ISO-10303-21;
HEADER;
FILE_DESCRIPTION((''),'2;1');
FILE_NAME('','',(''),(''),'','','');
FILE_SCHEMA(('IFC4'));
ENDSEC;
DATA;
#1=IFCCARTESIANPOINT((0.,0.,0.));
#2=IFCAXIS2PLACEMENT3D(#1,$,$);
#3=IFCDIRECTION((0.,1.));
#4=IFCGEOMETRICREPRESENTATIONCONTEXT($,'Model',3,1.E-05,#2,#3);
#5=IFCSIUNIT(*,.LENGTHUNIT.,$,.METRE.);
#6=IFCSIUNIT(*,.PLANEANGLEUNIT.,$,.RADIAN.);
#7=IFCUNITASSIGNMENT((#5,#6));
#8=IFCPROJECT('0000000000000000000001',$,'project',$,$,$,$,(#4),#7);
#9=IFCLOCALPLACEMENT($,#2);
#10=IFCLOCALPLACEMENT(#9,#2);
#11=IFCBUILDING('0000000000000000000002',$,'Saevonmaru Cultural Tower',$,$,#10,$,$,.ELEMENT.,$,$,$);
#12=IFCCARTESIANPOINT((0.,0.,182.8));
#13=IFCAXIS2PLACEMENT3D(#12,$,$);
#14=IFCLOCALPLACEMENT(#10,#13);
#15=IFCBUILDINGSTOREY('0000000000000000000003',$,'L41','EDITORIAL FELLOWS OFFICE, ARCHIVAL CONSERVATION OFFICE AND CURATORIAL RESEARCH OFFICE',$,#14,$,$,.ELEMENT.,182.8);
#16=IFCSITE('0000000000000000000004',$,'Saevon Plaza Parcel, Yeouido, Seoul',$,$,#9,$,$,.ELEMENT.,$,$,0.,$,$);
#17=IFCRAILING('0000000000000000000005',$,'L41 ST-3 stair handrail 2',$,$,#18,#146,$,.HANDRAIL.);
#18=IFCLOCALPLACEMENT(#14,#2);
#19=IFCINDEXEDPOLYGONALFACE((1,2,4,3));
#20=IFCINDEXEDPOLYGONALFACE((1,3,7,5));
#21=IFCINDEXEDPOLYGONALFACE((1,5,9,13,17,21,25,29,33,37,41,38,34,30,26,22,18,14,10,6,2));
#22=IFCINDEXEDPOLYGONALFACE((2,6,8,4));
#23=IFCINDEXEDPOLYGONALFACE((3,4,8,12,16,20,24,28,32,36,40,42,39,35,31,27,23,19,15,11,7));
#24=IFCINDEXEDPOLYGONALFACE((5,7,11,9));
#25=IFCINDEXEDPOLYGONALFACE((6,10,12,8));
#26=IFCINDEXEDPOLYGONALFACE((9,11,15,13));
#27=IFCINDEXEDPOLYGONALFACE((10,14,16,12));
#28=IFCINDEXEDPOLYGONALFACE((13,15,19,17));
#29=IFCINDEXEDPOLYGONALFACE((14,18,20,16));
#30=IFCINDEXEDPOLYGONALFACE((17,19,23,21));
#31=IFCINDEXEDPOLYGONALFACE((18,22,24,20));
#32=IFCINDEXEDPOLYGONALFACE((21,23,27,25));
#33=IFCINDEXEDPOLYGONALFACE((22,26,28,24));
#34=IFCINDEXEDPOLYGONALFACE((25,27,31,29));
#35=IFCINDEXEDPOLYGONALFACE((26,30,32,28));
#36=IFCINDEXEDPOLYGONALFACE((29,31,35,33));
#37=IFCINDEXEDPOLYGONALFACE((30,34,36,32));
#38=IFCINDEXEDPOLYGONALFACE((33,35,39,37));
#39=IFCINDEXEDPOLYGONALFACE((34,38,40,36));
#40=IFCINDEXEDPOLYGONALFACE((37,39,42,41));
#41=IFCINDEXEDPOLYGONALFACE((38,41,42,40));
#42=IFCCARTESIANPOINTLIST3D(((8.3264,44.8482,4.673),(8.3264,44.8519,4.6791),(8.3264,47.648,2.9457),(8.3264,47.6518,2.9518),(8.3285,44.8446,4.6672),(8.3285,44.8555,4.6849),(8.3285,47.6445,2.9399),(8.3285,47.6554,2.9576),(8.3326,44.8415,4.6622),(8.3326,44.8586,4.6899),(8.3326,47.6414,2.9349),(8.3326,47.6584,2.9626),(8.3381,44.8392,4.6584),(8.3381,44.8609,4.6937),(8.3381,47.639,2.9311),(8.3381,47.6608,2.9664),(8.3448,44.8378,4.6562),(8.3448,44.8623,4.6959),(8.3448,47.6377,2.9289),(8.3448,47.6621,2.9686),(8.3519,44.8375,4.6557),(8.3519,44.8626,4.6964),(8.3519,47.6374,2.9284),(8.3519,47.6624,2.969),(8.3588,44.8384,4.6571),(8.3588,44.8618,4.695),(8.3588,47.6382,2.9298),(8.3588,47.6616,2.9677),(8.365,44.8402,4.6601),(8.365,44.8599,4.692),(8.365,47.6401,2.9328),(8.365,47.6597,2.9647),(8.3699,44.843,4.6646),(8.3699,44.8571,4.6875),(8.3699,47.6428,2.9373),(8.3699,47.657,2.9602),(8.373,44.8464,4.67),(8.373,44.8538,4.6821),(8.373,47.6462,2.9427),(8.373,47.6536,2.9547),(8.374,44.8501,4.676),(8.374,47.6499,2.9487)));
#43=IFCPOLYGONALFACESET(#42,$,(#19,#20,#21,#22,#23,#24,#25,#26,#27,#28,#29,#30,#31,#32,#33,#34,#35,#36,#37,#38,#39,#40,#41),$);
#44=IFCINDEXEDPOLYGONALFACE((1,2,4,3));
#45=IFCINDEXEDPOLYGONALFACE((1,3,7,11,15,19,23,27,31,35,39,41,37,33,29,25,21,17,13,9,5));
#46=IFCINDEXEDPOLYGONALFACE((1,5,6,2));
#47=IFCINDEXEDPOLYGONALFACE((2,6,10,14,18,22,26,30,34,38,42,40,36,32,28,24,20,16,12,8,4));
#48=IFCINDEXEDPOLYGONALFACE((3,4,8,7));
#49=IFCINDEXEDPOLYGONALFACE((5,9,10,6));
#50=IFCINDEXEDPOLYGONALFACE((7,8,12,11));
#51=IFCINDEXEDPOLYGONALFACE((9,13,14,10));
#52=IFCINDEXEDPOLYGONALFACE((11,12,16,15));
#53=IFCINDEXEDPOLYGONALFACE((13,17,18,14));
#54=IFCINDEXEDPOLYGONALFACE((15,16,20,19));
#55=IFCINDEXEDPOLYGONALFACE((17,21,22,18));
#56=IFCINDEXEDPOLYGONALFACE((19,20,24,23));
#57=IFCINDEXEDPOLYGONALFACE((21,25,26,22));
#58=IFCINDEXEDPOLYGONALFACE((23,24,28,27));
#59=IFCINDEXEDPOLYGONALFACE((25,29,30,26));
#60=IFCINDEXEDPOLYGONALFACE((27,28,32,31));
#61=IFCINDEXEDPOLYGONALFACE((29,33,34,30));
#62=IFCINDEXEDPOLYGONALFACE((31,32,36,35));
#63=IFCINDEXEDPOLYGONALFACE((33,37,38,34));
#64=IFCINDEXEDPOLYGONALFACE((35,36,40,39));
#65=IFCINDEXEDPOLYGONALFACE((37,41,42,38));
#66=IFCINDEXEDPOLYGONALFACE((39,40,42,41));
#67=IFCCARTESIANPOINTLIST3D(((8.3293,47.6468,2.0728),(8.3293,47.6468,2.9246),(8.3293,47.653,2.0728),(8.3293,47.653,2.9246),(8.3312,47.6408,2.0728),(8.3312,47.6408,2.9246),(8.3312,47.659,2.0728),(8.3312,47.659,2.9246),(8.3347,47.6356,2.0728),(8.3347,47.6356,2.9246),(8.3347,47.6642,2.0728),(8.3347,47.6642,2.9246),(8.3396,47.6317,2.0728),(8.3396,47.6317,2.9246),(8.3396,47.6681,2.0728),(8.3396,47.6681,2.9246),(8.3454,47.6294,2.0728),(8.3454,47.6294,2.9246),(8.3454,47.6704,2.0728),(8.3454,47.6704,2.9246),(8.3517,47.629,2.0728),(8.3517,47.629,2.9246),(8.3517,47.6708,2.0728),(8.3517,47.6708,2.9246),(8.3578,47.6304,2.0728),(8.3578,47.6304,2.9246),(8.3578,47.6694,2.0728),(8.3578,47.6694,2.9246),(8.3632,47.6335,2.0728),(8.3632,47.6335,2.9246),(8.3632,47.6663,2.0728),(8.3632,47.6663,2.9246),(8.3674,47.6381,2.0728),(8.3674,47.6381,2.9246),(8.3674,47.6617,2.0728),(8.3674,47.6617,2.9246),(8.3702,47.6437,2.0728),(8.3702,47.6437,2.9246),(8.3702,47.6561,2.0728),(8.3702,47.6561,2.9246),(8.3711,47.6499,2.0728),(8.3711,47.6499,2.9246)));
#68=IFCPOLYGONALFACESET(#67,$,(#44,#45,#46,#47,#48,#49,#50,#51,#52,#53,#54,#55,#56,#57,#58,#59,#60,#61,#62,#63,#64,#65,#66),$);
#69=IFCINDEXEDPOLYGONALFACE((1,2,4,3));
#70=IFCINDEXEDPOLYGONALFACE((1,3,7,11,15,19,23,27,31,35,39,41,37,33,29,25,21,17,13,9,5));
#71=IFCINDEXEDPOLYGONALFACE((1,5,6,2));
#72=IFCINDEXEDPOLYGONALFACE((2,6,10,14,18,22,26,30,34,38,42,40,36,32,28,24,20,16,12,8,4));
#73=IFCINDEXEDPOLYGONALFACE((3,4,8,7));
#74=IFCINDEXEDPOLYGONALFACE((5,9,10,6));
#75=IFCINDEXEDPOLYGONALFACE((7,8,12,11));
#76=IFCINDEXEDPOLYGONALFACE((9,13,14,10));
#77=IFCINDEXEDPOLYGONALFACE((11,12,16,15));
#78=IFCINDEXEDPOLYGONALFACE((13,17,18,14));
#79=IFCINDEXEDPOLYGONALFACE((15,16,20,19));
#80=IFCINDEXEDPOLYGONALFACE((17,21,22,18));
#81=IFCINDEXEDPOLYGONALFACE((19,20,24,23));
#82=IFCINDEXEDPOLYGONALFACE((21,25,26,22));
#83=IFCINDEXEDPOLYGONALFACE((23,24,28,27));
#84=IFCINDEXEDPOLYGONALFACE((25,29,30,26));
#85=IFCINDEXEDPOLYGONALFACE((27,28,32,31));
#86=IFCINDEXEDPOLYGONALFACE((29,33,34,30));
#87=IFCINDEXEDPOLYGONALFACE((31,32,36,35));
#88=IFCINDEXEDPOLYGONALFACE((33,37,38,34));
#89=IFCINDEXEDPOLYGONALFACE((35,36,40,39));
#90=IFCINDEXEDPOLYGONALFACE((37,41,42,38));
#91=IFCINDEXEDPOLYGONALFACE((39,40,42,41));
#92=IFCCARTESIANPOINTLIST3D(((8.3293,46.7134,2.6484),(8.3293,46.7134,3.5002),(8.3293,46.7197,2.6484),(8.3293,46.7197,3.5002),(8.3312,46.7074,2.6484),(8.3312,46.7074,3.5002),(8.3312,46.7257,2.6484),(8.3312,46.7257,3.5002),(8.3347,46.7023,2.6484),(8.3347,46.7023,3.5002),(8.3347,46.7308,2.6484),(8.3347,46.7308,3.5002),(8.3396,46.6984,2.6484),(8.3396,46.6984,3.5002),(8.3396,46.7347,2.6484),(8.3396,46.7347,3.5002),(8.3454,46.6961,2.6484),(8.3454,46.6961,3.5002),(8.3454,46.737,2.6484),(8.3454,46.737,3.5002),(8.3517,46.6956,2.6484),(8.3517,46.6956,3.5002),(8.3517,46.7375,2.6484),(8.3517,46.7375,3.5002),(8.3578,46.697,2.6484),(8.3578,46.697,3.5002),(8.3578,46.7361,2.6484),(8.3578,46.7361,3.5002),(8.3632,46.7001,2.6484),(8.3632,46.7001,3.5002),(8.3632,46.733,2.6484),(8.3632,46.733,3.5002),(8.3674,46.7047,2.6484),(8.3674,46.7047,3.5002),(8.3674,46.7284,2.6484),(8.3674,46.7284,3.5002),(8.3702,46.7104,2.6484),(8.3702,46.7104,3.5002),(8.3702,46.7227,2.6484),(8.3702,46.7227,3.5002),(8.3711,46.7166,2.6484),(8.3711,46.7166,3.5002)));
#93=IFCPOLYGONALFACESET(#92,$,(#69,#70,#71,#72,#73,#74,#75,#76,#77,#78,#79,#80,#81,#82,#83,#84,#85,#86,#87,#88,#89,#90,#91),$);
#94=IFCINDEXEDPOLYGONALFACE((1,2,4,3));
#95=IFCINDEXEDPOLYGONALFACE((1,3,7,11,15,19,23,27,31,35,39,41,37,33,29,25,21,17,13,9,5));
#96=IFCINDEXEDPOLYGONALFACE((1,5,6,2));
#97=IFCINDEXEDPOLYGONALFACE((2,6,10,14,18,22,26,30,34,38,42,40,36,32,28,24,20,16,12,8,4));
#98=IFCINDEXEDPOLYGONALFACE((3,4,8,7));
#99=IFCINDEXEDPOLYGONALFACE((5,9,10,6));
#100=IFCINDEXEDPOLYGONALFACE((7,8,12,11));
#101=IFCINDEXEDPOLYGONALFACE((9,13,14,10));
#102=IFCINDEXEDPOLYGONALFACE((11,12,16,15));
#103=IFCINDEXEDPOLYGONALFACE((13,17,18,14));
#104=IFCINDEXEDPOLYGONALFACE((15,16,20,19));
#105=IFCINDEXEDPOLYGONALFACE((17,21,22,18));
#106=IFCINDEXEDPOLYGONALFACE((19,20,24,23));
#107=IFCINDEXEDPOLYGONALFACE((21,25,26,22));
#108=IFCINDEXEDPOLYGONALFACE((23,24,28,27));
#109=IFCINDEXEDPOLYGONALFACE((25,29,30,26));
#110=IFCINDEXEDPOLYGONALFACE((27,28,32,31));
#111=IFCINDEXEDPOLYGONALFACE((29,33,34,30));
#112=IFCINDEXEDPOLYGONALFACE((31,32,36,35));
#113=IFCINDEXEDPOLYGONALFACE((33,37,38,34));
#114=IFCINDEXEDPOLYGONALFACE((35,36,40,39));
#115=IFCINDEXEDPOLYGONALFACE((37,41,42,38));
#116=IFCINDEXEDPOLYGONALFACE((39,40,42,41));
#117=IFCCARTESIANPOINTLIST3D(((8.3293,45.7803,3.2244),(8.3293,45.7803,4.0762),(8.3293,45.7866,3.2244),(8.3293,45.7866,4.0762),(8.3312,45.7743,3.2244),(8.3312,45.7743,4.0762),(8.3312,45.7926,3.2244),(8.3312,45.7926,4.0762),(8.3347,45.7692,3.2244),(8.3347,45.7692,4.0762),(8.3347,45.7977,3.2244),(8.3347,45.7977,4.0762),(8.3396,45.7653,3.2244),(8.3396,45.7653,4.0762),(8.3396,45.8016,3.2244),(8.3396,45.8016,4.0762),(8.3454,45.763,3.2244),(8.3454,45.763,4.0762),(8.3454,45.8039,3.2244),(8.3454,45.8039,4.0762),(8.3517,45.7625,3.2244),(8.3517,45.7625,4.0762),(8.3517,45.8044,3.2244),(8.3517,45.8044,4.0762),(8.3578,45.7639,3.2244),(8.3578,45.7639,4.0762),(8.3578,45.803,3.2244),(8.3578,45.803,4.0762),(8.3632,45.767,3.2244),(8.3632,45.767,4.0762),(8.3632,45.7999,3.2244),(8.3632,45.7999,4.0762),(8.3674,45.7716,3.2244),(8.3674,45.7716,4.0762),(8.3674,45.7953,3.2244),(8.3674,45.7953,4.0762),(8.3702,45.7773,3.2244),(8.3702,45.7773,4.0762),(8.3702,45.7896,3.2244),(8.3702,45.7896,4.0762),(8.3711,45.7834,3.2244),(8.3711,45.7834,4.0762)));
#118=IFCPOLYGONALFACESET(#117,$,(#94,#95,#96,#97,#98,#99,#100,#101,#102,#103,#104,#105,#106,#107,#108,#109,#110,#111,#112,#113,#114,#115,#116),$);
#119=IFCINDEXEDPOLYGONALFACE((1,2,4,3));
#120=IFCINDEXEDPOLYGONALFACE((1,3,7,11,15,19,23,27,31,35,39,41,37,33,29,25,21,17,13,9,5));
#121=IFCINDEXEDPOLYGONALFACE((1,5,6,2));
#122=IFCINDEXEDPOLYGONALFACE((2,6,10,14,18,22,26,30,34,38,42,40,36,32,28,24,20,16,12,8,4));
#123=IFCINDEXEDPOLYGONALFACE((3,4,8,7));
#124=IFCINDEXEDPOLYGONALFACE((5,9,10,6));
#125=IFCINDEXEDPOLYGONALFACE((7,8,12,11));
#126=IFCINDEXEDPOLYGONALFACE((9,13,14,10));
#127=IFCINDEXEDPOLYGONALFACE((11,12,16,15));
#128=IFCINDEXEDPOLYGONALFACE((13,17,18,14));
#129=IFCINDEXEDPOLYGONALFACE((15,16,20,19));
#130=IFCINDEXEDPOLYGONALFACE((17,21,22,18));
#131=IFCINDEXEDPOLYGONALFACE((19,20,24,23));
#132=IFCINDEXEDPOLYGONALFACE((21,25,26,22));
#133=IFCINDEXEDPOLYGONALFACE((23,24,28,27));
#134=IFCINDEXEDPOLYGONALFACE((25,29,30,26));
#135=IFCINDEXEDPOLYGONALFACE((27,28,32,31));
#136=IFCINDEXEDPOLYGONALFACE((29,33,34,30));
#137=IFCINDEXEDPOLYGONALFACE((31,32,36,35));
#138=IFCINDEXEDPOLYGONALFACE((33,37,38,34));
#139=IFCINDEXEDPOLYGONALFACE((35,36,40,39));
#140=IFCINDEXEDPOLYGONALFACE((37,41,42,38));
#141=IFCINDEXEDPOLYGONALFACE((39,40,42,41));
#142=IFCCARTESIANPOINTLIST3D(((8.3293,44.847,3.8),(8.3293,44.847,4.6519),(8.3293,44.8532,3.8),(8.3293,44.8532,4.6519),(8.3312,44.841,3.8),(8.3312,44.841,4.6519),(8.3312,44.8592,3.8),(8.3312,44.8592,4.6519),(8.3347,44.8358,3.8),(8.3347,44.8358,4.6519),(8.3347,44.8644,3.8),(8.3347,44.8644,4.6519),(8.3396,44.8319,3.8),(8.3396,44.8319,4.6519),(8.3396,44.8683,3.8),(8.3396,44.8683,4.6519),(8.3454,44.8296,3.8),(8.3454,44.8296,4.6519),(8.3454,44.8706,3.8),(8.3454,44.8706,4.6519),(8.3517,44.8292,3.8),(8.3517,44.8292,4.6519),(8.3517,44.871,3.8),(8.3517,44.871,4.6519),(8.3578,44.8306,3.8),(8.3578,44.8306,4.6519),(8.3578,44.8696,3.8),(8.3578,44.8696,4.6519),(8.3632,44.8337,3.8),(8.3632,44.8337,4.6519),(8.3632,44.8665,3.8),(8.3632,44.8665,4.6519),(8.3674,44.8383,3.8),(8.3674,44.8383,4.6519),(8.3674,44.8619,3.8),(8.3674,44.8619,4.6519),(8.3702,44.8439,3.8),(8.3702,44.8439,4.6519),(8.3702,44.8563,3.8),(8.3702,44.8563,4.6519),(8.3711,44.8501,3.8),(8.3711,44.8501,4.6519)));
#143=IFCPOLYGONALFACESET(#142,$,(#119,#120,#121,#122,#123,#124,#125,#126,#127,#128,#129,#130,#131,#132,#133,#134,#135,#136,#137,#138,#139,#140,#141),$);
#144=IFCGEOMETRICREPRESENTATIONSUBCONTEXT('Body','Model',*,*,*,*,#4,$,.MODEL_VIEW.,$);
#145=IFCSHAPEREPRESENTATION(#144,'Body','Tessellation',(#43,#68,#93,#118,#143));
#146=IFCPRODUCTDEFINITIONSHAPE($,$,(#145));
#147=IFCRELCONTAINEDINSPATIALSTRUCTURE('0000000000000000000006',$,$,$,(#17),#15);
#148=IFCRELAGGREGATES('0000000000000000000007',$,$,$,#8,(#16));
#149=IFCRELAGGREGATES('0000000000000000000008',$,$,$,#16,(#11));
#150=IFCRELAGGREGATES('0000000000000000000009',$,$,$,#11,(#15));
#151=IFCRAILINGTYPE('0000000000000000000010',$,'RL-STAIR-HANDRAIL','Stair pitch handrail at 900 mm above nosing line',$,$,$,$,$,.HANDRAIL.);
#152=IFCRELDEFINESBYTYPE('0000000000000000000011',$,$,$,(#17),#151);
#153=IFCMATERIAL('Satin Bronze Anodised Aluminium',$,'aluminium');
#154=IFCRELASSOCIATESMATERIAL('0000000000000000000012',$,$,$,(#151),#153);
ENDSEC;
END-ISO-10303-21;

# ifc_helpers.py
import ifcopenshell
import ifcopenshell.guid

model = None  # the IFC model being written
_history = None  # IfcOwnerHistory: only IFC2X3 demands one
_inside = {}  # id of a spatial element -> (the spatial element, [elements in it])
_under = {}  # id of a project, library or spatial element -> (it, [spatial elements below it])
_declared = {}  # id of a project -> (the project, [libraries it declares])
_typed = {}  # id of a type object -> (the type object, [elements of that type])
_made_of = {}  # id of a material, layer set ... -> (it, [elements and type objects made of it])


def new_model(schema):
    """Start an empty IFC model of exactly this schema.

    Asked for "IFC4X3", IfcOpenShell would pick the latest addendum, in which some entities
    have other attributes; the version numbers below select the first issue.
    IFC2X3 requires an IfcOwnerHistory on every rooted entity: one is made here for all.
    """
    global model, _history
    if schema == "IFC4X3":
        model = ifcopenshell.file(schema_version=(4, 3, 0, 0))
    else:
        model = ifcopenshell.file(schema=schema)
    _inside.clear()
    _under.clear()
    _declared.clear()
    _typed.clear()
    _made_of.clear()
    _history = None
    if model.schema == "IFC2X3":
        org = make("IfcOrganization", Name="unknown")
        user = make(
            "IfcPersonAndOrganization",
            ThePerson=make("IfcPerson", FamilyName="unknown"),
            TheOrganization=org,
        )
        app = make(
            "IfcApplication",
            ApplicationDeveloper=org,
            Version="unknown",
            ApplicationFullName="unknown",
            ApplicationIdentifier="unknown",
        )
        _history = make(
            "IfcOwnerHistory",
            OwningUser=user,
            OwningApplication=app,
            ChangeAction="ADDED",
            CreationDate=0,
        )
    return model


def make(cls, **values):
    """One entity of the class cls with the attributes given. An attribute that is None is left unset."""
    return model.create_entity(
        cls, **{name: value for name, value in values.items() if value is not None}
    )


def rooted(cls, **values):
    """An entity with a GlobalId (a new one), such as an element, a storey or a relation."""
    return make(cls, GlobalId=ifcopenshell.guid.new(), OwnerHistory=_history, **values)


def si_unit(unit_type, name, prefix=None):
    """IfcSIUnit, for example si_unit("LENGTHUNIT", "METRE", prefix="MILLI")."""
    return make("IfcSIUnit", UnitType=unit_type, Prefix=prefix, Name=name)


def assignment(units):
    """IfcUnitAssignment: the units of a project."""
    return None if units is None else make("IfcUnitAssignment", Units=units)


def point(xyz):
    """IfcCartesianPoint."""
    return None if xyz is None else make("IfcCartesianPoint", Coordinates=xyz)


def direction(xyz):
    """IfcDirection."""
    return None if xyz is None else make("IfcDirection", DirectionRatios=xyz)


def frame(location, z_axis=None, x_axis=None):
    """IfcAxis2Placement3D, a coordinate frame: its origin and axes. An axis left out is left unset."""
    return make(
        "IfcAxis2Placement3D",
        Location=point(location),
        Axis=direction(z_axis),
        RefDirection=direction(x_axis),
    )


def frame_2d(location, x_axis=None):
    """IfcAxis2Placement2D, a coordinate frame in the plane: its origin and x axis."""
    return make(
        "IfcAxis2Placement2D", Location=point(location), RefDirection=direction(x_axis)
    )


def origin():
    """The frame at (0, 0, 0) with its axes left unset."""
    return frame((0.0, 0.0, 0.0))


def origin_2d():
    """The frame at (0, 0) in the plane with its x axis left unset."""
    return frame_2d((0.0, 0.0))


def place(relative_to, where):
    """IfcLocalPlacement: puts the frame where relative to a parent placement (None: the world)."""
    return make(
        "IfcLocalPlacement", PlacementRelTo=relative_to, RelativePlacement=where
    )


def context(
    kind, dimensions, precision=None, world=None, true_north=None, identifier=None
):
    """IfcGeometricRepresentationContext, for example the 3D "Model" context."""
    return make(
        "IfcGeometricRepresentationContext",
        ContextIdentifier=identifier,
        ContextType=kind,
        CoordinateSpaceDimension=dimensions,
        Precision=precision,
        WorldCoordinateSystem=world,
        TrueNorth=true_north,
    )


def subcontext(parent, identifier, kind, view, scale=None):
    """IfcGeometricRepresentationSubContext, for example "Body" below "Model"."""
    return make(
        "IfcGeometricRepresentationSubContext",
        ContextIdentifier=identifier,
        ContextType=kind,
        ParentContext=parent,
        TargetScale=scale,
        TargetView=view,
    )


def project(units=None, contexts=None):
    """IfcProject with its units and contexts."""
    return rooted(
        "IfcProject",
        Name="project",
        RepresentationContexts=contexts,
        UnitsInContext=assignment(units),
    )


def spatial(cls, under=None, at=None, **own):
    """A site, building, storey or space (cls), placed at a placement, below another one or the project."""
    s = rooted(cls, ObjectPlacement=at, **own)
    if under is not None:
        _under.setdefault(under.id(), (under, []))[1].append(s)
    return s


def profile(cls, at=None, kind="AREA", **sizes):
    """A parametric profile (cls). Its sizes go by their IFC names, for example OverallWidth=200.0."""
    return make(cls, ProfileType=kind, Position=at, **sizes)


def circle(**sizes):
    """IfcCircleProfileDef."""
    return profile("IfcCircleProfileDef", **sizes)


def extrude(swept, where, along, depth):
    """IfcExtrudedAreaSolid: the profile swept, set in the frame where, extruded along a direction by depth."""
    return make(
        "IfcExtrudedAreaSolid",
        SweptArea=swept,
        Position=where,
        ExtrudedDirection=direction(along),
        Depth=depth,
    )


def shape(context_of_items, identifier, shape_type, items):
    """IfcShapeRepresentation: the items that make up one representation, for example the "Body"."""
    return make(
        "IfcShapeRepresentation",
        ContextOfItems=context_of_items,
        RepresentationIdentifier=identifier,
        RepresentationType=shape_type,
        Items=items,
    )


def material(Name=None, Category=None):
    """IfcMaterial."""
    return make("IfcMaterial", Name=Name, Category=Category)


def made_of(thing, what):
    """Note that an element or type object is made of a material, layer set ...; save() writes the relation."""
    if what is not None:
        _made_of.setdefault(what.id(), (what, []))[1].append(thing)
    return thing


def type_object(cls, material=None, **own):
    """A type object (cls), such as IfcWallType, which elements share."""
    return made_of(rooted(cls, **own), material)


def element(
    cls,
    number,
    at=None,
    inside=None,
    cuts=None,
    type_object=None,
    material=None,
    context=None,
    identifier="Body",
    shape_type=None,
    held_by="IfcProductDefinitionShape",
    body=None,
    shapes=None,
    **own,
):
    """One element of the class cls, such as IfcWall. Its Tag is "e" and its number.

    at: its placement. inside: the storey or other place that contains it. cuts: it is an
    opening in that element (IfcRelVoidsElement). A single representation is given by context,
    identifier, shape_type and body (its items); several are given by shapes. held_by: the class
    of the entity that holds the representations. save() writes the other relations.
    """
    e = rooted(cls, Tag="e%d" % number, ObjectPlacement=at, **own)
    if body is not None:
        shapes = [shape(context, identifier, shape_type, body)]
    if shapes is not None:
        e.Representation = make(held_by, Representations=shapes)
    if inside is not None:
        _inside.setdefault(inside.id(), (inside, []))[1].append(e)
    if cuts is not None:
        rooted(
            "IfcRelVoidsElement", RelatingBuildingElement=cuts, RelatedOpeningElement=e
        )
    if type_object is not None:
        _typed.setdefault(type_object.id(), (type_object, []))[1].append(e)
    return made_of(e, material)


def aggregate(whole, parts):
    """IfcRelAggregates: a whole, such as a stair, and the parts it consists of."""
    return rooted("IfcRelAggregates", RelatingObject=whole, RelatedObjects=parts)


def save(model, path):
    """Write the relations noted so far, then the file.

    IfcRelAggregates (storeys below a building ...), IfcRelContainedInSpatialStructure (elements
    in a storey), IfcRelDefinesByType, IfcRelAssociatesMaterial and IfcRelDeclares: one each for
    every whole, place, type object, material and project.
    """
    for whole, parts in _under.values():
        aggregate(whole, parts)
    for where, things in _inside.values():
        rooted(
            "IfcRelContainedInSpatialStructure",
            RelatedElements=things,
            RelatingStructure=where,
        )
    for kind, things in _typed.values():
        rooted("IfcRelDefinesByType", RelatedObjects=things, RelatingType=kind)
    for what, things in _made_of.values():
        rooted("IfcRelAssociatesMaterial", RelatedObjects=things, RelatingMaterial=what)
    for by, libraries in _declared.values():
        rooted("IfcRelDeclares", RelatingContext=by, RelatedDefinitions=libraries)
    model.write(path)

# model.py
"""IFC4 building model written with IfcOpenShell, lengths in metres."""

from ifc_helpers import new_model, si_unit, direction, frame, origin, origin_2d, place, context, subcontext, project, spatial, circle, extrude, material, type_object, element, save


model = new_model("IFC4")

# Units and contexts
model_context = context("Model", 3, precision=1e-05, world=origin(), true_north=direction((0.0, 1.0)))
body_context = subcontext(model_context, "Body", "Model", "MODEL_VIEW")
ifc_project = project(units=[si_unit("LENGTHUNIT", "METRE"), si_unit("PLANEANGLEUNIT", "RADIAN")], contexts=[model_context])

# Site, building, storey
site_placement = place(None, origin())
site = spatial("IfcSite", under=ifc_project, at=site_placement, Name="Saevon Plaza Parcel, Yeouido, Seoul", CompositionType="ELEMENT", RefElevation=0.0)
building_placement = place(site_placement, origin())
building = spatial("IfcBuilding", under=site, at=building_placement, Name="Saevonmaru Cultural Tower", CompositionType="ELEMENT")
storey_placement = place(building_placement, frame((0.0, 0.0, 182.8)))
storey = spatial("IfcBuildingStorey", under=building, at=storey_placement, Name="L41", Description="EDITORIAL FELLOWS OFFICE, ARCHIVAL CONSERVATION OFFICE AND CURATORIAL RESEARCH OFFICE", CompositionType="ELEMENT", Elevation=182.8)

# Shared definitions
ifc_material_1 = material(Name="Satin Bronze Anodised Aluminium", Category="aluminium")

# Railing
railing_type_1 = type_object("IfcRailingType", Name="RL-STAIR-HANDRAIL", Description="Stair pitch handrail at 900 mm above nosing line", PredefinedType="HANDRAIL", material=ifc_material_1)
railing_1_placement = place(storey_placement, frame((8.3501, 47.6499, 2.0728)))
element("IfcRailing", 1, at=railing_1_placement, inside=storey, type_object=railing_type_1, Name="L41 ST-3 stair handrail 2", PredefinedType="HANDRAIL", context=body_context, shape_type="SweptSolid", body=[
    extrude(circle(Radius=0.0239, at=origin_2d()), frame((0.0, 0.0, 0.876), z_axis=(0.0, -0.851069, 0.525054), x_axis=(1.0, 0.0, 0.0)), (0.0, 0.0, 1.0), 3.2898),
    extrude(circle(Radius=0.021, at=origin_2d()), origin(), (0.0, 0.0, 1.0), 0.8518),
    extrude(circle(Radius=0.021, at=origin_2d()), frame((0.0, -0.9333, 0.5757)), (0.0, 0.0, 1.0), 0.8518),
    extrude(circle(Radius=0.021, at=origin_2d()), frame((0.0, -1.8665, 1.1516)), (0.0, 0.0, 1.0), 0.8518),
    extrude(circle(Radius=0.021, at=origin_2d()), frame((0.0, -2.7998, 1.7273)), (0.0, 0.0, 1.0), 0.8518),
])

save(model, "model.ifc")
